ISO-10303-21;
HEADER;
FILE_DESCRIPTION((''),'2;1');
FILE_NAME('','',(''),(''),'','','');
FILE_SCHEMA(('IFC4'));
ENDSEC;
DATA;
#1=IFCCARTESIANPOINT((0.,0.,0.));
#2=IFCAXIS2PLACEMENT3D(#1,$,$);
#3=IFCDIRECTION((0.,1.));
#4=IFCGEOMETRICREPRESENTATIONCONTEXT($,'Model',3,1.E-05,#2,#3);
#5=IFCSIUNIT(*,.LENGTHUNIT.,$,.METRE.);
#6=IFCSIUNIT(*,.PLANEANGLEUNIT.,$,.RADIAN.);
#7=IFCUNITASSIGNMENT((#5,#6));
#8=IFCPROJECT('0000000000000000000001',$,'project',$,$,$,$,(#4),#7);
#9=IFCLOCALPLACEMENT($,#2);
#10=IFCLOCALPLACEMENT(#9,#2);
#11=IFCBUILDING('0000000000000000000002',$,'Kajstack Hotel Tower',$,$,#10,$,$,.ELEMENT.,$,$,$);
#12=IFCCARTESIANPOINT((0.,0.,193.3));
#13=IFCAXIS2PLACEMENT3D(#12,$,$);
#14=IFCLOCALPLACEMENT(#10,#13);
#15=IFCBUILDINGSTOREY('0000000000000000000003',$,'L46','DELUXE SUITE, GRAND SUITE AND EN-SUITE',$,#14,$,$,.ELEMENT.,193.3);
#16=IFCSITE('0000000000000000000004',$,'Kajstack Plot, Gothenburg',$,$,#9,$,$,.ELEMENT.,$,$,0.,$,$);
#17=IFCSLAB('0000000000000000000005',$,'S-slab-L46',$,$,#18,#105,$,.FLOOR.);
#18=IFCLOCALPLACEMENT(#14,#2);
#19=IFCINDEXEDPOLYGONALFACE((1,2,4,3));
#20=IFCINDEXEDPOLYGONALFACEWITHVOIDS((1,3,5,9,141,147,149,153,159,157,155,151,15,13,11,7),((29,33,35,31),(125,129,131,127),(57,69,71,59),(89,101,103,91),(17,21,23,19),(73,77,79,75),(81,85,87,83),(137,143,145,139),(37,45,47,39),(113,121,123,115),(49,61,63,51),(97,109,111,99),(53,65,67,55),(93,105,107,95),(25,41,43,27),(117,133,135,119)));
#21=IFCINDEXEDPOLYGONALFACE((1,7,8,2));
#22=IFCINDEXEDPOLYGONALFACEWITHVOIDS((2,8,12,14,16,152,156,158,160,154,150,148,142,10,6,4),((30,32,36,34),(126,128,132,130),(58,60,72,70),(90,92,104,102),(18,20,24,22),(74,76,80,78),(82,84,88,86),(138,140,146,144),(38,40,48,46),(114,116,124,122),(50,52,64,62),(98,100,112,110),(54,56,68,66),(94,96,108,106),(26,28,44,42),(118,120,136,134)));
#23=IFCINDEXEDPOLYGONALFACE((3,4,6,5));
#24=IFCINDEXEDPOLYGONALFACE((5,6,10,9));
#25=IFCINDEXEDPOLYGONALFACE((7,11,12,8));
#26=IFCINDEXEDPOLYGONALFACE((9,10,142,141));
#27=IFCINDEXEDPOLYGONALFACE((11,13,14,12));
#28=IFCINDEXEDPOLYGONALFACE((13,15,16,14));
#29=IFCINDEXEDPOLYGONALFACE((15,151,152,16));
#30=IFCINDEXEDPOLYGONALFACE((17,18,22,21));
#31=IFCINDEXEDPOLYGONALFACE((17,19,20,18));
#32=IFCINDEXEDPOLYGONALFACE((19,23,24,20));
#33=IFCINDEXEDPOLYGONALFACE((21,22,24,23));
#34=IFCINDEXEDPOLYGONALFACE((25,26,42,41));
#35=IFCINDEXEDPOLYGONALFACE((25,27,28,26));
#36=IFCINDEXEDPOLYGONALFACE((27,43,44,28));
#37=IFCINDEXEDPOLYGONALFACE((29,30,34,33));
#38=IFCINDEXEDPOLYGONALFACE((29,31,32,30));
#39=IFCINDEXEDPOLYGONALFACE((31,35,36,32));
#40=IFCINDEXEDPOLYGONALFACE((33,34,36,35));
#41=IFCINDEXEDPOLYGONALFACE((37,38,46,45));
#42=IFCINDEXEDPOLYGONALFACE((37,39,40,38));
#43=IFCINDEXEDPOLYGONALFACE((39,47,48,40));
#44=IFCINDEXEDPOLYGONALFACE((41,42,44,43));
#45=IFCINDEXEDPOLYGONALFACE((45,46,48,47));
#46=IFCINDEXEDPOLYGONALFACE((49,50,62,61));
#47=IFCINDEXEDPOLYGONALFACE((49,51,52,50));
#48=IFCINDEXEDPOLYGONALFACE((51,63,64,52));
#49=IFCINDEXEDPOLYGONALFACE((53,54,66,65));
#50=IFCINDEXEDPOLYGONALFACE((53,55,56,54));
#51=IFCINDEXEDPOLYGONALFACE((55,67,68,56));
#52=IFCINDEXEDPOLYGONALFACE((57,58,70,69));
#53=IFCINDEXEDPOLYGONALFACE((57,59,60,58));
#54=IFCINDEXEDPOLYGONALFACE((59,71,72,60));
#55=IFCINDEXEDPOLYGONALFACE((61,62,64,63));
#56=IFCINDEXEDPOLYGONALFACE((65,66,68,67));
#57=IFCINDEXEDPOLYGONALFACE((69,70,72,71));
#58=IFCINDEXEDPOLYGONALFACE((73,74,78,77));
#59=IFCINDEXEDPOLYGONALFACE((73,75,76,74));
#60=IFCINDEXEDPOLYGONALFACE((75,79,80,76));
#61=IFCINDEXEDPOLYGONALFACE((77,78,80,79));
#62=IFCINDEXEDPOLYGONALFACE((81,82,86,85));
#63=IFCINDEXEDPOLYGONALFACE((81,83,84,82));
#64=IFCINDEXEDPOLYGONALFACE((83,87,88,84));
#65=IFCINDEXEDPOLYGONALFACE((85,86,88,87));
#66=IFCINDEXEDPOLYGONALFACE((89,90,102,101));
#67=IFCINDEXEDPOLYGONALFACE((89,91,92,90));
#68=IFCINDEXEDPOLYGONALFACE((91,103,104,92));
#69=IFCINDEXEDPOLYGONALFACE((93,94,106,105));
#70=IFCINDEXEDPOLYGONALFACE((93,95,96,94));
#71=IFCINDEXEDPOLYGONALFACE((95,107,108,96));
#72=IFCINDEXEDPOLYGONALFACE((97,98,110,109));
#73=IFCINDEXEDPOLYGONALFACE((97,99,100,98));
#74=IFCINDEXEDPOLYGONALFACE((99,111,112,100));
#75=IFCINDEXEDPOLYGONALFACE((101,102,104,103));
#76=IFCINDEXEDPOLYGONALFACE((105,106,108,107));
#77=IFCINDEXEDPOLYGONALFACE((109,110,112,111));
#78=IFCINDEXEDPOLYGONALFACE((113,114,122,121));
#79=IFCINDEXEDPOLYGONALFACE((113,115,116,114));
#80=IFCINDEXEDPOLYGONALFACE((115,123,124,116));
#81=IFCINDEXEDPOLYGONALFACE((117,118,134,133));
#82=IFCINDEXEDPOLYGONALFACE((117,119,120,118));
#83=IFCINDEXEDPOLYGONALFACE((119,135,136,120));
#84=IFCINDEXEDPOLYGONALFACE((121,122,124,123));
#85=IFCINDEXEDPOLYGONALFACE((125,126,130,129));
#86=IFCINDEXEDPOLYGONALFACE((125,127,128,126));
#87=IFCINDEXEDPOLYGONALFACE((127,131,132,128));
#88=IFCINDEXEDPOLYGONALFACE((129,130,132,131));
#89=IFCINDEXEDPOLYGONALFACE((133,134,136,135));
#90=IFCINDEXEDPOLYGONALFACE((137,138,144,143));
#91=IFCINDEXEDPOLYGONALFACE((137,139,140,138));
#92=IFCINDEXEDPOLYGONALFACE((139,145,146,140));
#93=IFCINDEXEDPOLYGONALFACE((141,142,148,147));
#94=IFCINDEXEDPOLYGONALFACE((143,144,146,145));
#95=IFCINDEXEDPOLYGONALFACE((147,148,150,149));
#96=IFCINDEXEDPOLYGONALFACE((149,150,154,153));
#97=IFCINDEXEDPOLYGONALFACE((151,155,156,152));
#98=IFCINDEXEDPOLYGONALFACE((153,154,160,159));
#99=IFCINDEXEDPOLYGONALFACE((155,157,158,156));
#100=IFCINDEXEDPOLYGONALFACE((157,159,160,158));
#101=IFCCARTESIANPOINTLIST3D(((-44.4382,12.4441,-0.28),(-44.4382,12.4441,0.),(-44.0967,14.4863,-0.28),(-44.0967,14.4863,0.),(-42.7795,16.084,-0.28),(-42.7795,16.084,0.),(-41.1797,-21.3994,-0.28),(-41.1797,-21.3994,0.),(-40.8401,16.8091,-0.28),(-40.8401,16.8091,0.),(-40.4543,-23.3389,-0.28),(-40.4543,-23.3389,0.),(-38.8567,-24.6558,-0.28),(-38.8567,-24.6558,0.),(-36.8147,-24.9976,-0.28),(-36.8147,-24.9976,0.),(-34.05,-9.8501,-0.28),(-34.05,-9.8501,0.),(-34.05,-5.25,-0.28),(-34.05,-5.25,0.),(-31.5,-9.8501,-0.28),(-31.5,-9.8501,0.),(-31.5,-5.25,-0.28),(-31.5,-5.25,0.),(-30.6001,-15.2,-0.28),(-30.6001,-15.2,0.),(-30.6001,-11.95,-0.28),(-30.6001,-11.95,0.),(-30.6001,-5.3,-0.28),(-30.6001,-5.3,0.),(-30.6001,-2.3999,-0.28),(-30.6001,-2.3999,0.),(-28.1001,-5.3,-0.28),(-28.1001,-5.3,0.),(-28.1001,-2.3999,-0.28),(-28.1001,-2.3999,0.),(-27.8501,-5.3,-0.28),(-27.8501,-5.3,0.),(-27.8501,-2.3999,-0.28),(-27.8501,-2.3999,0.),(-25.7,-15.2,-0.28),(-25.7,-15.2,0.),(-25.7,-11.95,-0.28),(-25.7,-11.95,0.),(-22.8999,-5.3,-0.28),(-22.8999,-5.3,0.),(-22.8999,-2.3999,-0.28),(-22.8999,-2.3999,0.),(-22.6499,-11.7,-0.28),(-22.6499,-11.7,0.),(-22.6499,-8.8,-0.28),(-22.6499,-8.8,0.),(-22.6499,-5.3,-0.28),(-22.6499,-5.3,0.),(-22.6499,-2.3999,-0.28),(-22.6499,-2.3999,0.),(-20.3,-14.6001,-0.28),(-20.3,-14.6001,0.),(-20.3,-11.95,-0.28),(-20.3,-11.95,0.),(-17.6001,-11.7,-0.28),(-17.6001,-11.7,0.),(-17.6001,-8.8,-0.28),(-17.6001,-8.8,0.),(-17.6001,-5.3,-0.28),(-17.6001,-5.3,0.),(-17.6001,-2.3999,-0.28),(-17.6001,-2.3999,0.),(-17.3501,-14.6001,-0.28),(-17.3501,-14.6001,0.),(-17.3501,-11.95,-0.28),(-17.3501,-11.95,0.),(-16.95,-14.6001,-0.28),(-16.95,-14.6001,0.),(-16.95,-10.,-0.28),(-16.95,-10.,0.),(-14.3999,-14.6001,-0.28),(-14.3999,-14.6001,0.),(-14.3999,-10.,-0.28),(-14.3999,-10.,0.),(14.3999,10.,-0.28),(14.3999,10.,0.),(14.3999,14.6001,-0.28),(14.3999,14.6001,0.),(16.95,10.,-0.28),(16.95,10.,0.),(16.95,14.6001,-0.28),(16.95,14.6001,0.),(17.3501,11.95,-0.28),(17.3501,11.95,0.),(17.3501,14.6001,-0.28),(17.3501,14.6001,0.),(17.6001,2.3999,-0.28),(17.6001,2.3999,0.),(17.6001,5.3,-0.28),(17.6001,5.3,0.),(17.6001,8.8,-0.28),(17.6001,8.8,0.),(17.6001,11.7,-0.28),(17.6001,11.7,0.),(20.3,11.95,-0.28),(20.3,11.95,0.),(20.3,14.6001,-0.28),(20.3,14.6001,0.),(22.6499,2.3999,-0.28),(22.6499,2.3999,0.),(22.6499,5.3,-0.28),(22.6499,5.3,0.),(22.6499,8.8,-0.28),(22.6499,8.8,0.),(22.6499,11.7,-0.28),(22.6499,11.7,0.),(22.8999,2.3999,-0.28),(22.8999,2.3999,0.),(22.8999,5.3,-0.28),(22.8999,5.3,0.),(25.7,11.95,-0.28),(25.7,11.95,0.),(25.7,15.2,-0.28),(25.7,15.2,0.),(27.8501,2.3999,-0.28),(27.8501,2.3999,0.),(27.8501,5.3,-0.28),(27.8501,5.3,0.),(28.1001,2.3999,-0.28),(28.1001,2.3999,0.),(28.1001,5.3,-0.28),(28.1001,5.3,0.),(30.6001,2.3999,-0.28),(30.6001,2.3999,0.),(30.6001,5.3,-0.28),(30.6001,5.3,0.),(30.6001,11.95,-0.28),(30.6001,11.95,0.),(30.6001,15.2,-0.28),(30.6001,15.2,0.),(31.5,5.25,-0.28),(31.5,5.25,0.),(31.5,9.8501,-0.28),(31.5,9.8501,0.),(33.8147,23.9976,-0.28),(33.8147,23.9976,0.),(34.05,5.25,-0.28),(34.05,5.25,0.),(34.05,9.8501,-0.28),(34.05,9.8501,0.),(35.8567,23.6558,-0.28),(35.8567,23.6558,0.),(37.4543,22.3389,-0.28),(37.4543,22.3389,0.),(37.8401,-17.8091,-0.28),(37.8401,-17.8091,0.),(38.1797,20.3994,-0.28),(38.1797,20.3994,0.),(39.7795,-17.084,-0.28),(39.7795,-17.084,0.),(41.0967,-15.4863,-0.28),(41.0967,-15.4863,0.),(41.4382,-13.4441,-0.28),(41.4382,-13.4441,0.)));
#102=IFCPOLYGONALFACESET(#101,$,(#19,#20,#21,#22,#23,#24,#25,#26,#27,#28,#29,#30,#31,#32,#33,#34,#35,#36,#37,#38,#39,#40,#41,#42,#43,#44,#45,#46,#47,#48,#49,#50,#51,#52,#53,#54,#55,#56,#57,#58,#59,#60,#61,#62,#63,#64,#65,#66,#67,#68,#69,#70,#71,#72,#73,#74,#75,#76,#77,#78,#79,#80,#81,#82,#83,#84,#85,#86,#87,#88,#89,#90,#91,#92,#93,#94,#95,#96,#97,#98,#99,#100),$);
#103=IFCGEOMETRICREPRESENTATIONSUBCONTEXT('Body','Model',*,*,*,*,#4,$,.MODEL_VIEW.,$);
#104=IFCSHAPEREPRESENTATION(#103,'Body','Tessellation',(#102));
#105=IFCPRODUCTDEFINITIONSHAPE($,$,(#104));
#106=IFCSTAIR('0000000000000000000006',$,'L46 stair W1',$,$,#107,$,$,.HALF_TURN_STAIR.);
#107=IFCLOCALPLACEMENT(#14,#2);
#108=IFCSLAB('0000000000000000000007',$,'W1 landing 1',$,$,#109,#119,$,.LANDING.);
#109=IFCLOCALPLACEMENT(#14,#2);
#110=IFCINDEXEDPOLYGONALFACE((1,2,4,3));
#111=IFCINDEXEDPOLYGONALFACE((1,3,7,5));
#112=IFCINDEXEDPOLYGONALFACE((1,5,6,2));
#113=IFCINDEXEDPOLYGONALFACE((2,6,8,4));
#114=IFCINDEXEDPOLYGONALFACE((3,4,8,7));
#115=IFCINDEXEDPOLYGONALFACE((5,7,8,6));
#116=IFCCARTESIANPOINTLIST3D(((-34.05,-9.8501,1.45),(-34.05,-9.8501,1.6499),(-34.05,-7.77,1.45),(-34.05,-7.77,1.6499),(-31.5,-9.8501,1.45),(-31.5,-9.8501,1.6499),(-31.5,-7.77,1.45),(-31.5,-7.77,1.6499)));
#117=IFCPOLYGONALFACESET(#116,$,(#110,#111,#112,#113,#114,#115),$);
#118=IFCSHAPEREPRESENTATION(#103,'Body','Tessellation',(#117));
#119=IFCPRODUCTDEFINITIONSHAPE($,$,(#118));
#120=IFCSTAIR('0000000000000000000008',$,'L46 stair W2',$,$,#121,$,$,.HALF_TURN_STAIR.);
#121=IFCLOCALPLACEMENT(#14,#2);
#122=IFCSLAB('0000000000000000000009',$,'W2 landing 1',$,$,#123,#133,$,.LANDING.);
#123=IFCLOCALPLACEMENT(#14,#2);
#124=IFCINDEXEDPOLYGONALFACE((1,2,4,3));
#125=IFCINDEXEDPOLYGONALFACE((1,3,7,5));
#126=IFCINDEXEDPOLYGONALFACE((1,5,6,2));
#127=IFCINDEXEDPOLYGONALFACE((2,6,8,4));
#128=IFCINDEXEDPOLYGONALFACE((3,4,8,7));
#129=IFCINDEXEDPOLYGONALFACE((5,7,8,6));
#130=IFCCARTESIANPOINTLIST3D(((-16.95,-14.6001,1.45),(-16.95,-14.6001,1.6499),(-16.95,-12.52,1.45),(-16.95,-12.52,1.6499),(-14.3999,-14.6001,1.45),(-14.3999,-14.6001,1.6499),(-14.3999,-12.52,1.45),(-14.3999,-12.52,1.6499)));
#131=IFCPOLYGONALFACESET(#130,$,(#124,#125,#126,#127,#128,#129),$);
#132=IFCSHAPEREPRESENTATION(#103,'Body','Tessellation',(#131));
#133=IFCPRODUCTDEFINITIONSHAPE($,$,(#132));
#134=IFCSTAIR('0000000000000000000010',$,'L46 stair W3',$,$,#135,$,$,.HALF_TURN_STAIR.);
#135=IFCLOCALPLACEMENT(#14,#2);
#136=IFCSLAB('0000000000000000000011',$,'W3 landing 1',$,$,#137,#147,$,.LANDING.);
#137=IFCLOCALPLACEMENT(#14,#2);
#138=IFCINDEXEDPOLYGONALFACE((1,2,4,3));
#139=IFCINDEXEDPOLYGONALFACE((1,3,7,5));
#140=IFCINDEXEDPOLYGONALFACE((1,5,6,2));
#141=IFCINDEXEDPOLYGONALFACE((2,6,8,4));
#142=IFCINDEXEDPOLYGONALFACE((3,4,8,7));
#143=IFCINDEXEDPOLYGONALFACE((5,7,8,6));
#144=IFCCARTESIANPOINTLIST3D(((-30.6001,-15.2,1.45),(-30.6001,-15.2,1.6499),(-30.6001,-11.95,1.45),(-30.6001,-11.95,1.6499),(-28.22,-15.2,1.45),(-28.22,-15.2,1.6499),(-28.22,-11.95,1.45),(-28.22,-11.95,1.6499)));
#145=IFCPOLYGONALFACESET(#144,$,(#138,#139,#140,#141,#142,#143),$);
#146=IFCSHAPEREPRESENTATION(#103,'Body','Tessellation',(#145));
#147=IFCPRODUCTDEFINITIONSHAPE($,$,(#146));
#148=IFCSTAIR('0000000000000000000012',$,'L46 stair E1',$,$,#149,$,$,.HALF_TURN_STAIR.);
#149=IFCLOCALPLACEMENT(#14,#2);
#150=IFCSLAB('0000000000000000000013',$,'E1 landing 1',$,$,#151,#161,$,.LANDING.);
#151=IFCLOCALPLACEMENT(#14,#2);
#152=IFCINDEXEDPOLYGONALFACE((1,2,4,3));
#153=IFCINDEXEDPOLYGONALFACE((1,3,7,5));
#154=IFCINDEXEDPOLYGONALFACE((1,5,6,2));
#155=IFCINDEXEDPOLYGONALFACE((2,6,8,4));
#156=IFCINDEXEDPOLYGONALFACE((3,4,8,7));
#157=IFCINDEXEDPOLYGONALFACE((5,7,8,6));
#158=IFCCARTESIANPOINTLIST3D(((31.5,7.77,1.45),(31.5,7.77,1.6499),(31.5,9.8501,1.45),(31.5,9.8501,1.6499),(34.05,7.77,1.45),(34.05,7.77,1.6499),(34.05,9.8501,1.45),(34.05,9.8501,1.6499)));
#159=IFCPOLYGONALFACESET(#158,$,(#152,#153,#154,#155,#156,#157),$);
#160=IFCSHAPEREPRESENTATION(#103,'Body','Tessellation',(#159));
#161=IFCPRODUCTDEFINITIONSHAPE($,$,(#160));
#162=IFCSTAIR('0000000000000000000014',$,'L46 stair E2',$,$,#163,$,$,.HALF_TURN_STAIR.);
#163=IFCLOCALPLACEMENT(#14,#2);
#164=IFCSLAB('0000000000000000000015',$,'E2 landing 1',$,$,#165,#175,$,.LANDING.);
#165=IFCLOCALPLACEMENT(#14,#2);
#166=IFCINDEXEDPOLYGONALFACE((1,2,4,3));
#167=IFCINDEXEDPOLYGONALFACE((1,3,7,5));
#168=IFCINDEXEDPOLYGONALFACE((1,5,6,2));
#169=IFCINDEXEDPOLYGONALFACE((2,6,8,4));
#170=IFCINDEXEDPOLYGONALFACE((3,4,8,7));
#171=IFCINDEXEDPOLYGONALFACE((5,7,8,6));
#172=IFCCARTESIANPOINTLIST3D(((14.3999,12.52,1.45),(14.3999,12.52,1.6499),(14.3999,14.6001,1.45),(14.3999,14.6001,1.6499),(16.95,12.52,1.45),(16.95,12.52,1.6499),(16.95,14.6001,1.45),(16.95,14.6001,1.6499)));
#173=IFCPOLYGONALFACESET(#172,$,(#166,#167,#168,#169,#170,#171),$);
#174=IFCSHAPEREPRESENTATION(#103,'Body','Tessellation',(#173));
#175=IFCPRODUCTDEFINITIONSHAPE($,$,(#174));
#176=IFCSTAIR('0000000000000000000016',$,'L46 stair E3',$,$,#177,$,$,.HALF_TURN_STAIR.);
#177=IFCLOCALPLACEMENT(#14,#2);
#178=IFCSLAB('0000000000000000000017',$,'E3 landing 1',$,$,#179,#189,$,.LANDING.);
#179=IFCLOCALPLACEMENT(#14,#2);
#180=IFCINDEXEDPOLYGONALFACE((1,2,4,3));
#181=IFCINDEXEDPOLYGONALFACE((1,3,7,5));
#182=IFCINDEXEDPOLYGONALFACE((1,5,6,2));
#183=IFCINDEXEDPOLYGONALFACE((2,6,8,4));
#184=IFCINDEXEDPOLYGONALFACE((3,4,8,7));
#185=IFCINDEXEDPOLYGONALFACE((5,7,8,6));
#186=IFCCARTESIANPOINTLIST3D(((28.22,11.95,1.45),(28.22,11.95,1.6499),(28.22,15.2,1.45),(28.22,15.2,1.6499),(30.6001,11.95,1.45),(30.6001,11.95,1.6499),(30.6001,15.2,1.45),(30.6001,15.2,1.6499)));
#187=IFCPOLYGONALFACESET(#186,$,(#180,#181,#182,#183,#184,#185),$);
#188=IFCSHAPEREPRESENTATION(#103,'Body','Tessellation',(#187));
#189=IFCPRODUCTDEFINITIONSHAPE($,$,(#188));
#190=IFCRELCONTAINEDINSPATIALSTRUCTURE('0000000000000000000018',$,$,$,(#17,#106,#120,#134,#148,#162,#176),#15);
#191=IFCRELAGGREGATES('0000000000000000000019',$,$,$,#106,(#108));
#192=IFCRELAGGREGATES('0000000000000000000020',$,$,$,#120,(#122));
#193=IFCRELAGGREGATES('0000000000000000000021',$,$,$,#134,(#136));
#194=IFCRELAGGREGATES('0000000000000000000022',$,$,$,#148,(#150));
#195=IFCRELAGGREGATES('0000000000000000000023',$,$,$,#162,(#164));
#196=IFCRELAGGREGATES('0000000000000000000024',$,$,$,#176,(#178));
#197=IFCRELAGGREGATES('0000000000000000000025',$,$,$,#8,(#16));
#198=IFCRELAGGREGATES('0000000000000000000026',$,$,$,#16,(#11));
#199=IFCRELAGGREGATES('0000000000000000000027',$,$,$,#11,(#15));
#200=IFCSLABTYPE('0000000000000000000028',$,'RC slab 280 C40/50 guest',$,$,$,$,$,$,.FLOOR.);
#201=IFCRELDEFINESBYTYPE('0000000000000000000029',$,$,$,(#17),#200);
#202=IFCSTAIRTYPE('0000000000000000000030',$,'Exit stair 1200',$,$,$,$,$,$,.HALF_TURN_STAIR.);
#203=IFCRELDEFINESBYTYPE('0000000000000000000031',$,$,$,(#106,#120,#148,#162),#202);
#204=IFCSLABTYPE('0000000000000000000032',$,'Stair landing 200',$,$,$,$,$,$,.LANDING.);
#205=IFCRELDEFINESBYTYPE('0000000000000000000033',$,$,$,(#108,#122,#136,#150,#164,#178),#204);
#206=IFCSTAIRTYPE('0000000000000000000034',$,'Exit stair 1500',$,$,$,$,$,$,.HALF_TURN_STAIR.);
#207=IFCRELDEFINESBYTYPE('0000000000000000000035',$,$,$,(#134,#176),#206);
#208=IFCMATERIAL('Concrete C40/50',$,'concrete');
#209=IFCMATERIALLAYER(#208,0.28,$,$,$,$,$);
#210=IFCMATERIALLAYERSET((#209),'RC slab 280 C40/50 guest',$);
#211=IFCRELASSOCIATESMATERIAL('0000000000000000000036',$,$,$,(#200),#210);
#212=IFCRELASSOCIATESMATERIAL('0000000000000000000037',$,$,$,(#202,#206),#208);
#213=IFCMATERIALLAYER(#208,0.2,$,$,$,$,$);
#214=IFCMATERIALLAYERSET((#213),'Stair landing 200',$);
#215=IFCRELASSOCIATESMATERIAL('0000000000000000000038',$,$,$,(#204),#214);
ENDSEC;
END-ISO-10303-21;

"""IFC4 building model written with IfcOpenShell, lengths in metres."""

from ifc_helpers import new_model, si_unit, direction, frame, origin, place, context, subcontext, project, spatial, polyline, outline, extrude, material, layer, layer_set, type_object, element, aggregate, save


model = new_model("IFC4")

# Units and contexts
model_context = context("Model", 3, precision=1e-05, world=origin(), true_north=direction((0.0, 1.0)))
body_context = subcontext(model_context, "Body", "Model", "MODEL_VIEW")
ifc_project = project(units=[si_unit("LENGTHUNIT", "METRE"), si_unit("PLANEANGLEUNIT", "RADIAN")], contexts=[model_context])

# Site, building, storey
site_placement = place(None, origin())
site = spatial("IfcSite", under=ifc_project, at=site_placement, Name="Kajstack Plot, Gothenburg", CompositionType="ELEMENT", RefElevation=0.0)
building_placement = place(site_placement, origin())
building = spatial("IfcBuilding", under=site, at=building_placement, Name="Kajstack Hotel Tower", CompositionType="ELEMENT")
storey_placement = place(building_placement, frame((0.0, 0.0, 193.3)))
storey = spatial("IfcBuildingStorey", under=building, at=storey_placement, Name="L46", Description="DELUXE SUITE, GRAND SUITE AND EN-SUITE", CompositionType="ELEMENT", Elevation=193.3)

# Slab
ifc_material_1 = material(Name="Concrete C40/50", Category="concrete")
ifc_layer_1 = layer(ifc_material_1, 0.28)
ifc_layer_set_1 = layer_set([ifc_layer_1], Name="RC slab 280 C40/50 guest")
slab_type_1 = type_object("IfcSlabType", Name="RC slab 280 C40/50 guest", PredefinedType="FLOOR", material=ifc_layer_set_1)
slab_1_placement = place(storey_placement, frame((0.0, 0.0, -0.28)))
element("IfcSlab", 1, at=slab_1_placement, inside=storey, type_object=slab_type_1, Name="S-slab-L46", PredefinedType="FLOOR", context=body_context, shape_type="SweptSolid", body=[
    extrude(outline(polyline([(-44.4382, 12.4441), (-41.1797, -21.3994), (-40.4543, -23.3389), (-38.8567, -24.6558), (-36.8147, -24.9976), (37.8401, -17.8091), (39.7795, -17.084), (41.0967, -15.4863), (41.4382, -13.4441), (38.1797, 20.3994), (37.4543, 22.3389), (35.8567, 23.6558), (33.8147, 23.9976), (-40.8401, 16.8091), (-42.7795, 16.084), (-44.0967, 14.4863), (-44.4382, 12.4441)]), holes=[polyline([(-22.6499, -11.7), (-22.6499, -8.8), (-17.6001, -8.8), (-17.6001, -11.7), (-22.6499, -11.7)]), polyline([(-27.8501, -5.3), (-27.8501, -2.3999), (-22.8999, -2.3999), (-22.8999, -5.3), (-27.8501, -5.3)]), polyline([(-22.6499, -5.3), (-22.6499, -2.3999), (-17.6001, -2.3999), (-17.6001, -5.3), (-22.6499, -5.3)]), polyline([(-20.3, -14.6001), (-17.3501, -14.6001), (-17.3501, -11.95), (-20.3, -11.95), (-20.3, -14.6001)]), polyline([(-30.6001, -5.3), (-28.1001, -5.3), (-28.1001, -2.3999), (-30.6001, -2.3999), (-30.6001, -5.3)]), polyline([(17.6001, 8.8), (17.6001, 11.7), (22.6499, 11.7), (22.6499, 8.8), (17.6001, 8.8)]), polyline([(22.8999, 2.3999), (22.8999, 5.3), (27.8501, 5.3), (27.8501, 2.3999), (22.8999, 2.3999)]), polyline([(17.6001, 2.3999), (17.6001, 5.3), (22.6499, 5.3), (22.6499, 2.3999), (17.6001, 2.3999)]), polyline([(20.3, 14.6001), (17.3501, 14.6001), (17.3501, 11.95), (20.3, 11.95), (20.3, 14.6001)]), polyline([(30.6001, 5.3), (28.1001, 5.3), (28.1001, 2.3999), (30.6001, 2.3999), (30.6001, 5.3)]), polyline([(-34.05, -9.8501), (-31.5, -9.8501), (-31.5, -5.25), (-34.05, -5.25), (-34.05, -9.8501)]), polyline([(-16.95, -14.6001), (-14.3999, -14.6001), (-14.3999, -10.0), (-16.95, -10.0), (-16.95, -14.6001)]), polyline([(-30.6001, -15.2), (-25.7, -15.2), (-25.7, -11.95), (-30.6001, -11.95), (-30.6001, -15.2)]), polyline([(34.05, 9.8501), (31.5, 9.8501), (31.5, 5.25), (34.05, 5.25), (34.05, 9.8501)]), polyline([(16.95, 14.6001), (14.3999, 14.6001), (14.3999, 10.0), (16.95, 10.0), (16.95, 14.6001)]), polyline([(30.6001, 15.2), (25.7, 15.2), (25.7, 11.95), (30.6001, 11.95), (30.6001, 15.2)])]), origin(), (0.0, 0.0, 1.0), 0.28),
])

# Stairs, slabs
stair_type_1 = type_object("IfcStairType", Name="Exit stair 1200", PredefinedType="HALF_TURN_STAIR", material=ifc_material_1)
stair_1_placement = place(storey_placement, origin())
stair_1 = element("IfcStair", 2, at=stair_1_placement, inside=storey, type_object=stair_type_1, Name="L46 stair W1", PredefinedType="HALF_TURN_STAIR")
ifc_layer_2 = layer(ifc_material_1, 0.2)
ifc_layer_set_2 = layer_set([ifc_layer_2], Name="Stair landing 200")
slab_type_2 = type_object("IfcSlabType", Name="Stair landing 200", PredefinedType="LANDING", material=ifc_layer_set_2)
slab_2_placement = place(storey_placement, frame((0.0, 0.0, 1.45)))
slab_2 = element("IfcSlab", 3, at=slab_2_placement, type_object=slab_type_2, Name="W1 landing 1", PredefinedType="LANDING", context=body_context, shape_type="SweptSolid", body=[
    extrude(outline(polyline([(-34.05, -7.77), (-34.05, -9.8501), (-31.5, -9.8501), (-31.5, -7.77), (-34.05, -7.77)])), origin(), (0.0, 0.0, 1.0), 0.2),
])
aggregate(stair_1, [slab_2])
stair_2_placement = place(storey_placement, origin())
stair_2 = element("IfcStair", 4, at=stair_2_placement, inside=storey, type_object=stair_type_1, Name="L46 stair W2", PredefinedType="HALF_TURN_STAIR")
slab_3_placement = place(storey_placement, frame((0.0, 0.0, 1.45)))
slab_3 = element("IfcSlab", 5, at=slab_3_placement, type_object=slab_type_2, Name="W2 landing 1", PredefinedType="LANDING", context=body_context, shape_type="SweptSolid", body=[
    extrude(outline(polyline([(-16.95, -12.52), (-16.95, -14.6001), (-14.3999, -14.6001), (-14.3999, -12.52), (-16.95, -12.52)])), origin(), (0.0, 0.0, 1.0), 0.2),
])
aggregate(stair_2, [slab_3])
stair_type_2 = type_object("IfcStairType", Name="Exit stair 1500", PredefinedType="HALF_TURN_STAIR", material=ifc_material_1)
stair_3_placement = place(storey_placement, origin())
stair_3 = element("IfcStair", 6, at=stair_3_placement, inside=storey, type_object=stair_type_2, Name="L46 stair W3", PredefinedType="HALF_TURN_STAIR")
slab_4_placement = place(storey_placement, frame((0.0, 0.0, 1.45)))
slab_4 = element("IfcSlab", 7, at=slab_4_placement, type_object=slab_type_2, Name="W3 landing 1", PredefinedType="LANDING", context=body_context, shape_type="SweptSolid", body=[
    extrude(outline(polyline([(-28.22, -11.95), (-30.6001, -11.95), (-30.6001, -15.2), (-28.22, -15.2), (-28.22, -11.95)])), origin(), (0.0, 0.0, 1.0), 0.2),
])
aggregate(stair_3, [slab_4])
stair_4_placement = place(storey_placement, origin())
stair_4 = element("IfcStair", 8, at=stair_4_placement, inside=storey, type_object=stair_type_1, Name="L46 stair E1", PredefinedType="HALF_TURN_STAIR")
slab_5_placement = place(storey_placement, frame((0.0, 0.0, 1.45)))
slab_5 = element("IfcSlab", 9, at=slab_5_placement, type_object=slab_type_2, Name="E1 landing 1", PredefinedType="LANDING", context=body_context, shape_type="SweptSolid", body=[
    extrude(outline(polyline([(34.05, 7.77), (34.05, 9.8501), (31.5, 9.8501), (31.5, 7.77), (34.05, 7.77)])), origin(), (0.0, 0.0, 1.0), 0.2),
])
aggregate(stair_4, [slab_5])
stair_5_placement = place(storey_placement, origin())
stair_5 = element("IfcStair", 10, at=stair_5_placement, inside=storey, type_object=stair_type_1, Name="L46 stair E2", PredefinedType="HALF_TURN_STAIR")
slab_6_placement = place(storey_placement, frame((0.0, 0.0, 1.45)))
slab_6 = element("IfcSlab", 11, at=slab_6_placement, type_object=slab_type_2, Name="E2 landing 1", PredefinedType="LANDING", context=body_context, shape_type="SweptSolid", body=[
    extrude(outline(polyline([(16.95, 12.52), (16.95, 14.6001), (14.3999, 14.6001), (14.3999, 12.52), (16.95, 12.52)])), origin(), (0.0, 0.0, 1.0), 0.2),
])
aggregate(stair_5, [slab_6])
stair_6_placement = place(storey_placement, origin())
stair_6 = element("IfcStair", 12, at=stair_6_placement, inside=storey, type_object=stair_type_2, Name="L46 stair E3", PredefinedType="HALF_TURN_STAIR")
slab_7_placement = place(storey_placement, frame((0.0, 0.0, 1.45)))
slab_7 = element("IfcSlab", 13, at=slab_7_placement, type_object=slab_type_2, Name="E3 landing 1", PredefinedType="LANDING", context=body_context, shape_type="SweptSolid", body=[
    extrude(outline(polyline([(28.22, 11.95), (30.6001, 11.95), (30.6001, 15.2), (28.22, 15.2), (28.22, 11.95)])), origin(), (0.0, 0.0, 1.0), 0.2),
])
aggregate(stair_6, [slab_7])

save(model, "model.ifc")
